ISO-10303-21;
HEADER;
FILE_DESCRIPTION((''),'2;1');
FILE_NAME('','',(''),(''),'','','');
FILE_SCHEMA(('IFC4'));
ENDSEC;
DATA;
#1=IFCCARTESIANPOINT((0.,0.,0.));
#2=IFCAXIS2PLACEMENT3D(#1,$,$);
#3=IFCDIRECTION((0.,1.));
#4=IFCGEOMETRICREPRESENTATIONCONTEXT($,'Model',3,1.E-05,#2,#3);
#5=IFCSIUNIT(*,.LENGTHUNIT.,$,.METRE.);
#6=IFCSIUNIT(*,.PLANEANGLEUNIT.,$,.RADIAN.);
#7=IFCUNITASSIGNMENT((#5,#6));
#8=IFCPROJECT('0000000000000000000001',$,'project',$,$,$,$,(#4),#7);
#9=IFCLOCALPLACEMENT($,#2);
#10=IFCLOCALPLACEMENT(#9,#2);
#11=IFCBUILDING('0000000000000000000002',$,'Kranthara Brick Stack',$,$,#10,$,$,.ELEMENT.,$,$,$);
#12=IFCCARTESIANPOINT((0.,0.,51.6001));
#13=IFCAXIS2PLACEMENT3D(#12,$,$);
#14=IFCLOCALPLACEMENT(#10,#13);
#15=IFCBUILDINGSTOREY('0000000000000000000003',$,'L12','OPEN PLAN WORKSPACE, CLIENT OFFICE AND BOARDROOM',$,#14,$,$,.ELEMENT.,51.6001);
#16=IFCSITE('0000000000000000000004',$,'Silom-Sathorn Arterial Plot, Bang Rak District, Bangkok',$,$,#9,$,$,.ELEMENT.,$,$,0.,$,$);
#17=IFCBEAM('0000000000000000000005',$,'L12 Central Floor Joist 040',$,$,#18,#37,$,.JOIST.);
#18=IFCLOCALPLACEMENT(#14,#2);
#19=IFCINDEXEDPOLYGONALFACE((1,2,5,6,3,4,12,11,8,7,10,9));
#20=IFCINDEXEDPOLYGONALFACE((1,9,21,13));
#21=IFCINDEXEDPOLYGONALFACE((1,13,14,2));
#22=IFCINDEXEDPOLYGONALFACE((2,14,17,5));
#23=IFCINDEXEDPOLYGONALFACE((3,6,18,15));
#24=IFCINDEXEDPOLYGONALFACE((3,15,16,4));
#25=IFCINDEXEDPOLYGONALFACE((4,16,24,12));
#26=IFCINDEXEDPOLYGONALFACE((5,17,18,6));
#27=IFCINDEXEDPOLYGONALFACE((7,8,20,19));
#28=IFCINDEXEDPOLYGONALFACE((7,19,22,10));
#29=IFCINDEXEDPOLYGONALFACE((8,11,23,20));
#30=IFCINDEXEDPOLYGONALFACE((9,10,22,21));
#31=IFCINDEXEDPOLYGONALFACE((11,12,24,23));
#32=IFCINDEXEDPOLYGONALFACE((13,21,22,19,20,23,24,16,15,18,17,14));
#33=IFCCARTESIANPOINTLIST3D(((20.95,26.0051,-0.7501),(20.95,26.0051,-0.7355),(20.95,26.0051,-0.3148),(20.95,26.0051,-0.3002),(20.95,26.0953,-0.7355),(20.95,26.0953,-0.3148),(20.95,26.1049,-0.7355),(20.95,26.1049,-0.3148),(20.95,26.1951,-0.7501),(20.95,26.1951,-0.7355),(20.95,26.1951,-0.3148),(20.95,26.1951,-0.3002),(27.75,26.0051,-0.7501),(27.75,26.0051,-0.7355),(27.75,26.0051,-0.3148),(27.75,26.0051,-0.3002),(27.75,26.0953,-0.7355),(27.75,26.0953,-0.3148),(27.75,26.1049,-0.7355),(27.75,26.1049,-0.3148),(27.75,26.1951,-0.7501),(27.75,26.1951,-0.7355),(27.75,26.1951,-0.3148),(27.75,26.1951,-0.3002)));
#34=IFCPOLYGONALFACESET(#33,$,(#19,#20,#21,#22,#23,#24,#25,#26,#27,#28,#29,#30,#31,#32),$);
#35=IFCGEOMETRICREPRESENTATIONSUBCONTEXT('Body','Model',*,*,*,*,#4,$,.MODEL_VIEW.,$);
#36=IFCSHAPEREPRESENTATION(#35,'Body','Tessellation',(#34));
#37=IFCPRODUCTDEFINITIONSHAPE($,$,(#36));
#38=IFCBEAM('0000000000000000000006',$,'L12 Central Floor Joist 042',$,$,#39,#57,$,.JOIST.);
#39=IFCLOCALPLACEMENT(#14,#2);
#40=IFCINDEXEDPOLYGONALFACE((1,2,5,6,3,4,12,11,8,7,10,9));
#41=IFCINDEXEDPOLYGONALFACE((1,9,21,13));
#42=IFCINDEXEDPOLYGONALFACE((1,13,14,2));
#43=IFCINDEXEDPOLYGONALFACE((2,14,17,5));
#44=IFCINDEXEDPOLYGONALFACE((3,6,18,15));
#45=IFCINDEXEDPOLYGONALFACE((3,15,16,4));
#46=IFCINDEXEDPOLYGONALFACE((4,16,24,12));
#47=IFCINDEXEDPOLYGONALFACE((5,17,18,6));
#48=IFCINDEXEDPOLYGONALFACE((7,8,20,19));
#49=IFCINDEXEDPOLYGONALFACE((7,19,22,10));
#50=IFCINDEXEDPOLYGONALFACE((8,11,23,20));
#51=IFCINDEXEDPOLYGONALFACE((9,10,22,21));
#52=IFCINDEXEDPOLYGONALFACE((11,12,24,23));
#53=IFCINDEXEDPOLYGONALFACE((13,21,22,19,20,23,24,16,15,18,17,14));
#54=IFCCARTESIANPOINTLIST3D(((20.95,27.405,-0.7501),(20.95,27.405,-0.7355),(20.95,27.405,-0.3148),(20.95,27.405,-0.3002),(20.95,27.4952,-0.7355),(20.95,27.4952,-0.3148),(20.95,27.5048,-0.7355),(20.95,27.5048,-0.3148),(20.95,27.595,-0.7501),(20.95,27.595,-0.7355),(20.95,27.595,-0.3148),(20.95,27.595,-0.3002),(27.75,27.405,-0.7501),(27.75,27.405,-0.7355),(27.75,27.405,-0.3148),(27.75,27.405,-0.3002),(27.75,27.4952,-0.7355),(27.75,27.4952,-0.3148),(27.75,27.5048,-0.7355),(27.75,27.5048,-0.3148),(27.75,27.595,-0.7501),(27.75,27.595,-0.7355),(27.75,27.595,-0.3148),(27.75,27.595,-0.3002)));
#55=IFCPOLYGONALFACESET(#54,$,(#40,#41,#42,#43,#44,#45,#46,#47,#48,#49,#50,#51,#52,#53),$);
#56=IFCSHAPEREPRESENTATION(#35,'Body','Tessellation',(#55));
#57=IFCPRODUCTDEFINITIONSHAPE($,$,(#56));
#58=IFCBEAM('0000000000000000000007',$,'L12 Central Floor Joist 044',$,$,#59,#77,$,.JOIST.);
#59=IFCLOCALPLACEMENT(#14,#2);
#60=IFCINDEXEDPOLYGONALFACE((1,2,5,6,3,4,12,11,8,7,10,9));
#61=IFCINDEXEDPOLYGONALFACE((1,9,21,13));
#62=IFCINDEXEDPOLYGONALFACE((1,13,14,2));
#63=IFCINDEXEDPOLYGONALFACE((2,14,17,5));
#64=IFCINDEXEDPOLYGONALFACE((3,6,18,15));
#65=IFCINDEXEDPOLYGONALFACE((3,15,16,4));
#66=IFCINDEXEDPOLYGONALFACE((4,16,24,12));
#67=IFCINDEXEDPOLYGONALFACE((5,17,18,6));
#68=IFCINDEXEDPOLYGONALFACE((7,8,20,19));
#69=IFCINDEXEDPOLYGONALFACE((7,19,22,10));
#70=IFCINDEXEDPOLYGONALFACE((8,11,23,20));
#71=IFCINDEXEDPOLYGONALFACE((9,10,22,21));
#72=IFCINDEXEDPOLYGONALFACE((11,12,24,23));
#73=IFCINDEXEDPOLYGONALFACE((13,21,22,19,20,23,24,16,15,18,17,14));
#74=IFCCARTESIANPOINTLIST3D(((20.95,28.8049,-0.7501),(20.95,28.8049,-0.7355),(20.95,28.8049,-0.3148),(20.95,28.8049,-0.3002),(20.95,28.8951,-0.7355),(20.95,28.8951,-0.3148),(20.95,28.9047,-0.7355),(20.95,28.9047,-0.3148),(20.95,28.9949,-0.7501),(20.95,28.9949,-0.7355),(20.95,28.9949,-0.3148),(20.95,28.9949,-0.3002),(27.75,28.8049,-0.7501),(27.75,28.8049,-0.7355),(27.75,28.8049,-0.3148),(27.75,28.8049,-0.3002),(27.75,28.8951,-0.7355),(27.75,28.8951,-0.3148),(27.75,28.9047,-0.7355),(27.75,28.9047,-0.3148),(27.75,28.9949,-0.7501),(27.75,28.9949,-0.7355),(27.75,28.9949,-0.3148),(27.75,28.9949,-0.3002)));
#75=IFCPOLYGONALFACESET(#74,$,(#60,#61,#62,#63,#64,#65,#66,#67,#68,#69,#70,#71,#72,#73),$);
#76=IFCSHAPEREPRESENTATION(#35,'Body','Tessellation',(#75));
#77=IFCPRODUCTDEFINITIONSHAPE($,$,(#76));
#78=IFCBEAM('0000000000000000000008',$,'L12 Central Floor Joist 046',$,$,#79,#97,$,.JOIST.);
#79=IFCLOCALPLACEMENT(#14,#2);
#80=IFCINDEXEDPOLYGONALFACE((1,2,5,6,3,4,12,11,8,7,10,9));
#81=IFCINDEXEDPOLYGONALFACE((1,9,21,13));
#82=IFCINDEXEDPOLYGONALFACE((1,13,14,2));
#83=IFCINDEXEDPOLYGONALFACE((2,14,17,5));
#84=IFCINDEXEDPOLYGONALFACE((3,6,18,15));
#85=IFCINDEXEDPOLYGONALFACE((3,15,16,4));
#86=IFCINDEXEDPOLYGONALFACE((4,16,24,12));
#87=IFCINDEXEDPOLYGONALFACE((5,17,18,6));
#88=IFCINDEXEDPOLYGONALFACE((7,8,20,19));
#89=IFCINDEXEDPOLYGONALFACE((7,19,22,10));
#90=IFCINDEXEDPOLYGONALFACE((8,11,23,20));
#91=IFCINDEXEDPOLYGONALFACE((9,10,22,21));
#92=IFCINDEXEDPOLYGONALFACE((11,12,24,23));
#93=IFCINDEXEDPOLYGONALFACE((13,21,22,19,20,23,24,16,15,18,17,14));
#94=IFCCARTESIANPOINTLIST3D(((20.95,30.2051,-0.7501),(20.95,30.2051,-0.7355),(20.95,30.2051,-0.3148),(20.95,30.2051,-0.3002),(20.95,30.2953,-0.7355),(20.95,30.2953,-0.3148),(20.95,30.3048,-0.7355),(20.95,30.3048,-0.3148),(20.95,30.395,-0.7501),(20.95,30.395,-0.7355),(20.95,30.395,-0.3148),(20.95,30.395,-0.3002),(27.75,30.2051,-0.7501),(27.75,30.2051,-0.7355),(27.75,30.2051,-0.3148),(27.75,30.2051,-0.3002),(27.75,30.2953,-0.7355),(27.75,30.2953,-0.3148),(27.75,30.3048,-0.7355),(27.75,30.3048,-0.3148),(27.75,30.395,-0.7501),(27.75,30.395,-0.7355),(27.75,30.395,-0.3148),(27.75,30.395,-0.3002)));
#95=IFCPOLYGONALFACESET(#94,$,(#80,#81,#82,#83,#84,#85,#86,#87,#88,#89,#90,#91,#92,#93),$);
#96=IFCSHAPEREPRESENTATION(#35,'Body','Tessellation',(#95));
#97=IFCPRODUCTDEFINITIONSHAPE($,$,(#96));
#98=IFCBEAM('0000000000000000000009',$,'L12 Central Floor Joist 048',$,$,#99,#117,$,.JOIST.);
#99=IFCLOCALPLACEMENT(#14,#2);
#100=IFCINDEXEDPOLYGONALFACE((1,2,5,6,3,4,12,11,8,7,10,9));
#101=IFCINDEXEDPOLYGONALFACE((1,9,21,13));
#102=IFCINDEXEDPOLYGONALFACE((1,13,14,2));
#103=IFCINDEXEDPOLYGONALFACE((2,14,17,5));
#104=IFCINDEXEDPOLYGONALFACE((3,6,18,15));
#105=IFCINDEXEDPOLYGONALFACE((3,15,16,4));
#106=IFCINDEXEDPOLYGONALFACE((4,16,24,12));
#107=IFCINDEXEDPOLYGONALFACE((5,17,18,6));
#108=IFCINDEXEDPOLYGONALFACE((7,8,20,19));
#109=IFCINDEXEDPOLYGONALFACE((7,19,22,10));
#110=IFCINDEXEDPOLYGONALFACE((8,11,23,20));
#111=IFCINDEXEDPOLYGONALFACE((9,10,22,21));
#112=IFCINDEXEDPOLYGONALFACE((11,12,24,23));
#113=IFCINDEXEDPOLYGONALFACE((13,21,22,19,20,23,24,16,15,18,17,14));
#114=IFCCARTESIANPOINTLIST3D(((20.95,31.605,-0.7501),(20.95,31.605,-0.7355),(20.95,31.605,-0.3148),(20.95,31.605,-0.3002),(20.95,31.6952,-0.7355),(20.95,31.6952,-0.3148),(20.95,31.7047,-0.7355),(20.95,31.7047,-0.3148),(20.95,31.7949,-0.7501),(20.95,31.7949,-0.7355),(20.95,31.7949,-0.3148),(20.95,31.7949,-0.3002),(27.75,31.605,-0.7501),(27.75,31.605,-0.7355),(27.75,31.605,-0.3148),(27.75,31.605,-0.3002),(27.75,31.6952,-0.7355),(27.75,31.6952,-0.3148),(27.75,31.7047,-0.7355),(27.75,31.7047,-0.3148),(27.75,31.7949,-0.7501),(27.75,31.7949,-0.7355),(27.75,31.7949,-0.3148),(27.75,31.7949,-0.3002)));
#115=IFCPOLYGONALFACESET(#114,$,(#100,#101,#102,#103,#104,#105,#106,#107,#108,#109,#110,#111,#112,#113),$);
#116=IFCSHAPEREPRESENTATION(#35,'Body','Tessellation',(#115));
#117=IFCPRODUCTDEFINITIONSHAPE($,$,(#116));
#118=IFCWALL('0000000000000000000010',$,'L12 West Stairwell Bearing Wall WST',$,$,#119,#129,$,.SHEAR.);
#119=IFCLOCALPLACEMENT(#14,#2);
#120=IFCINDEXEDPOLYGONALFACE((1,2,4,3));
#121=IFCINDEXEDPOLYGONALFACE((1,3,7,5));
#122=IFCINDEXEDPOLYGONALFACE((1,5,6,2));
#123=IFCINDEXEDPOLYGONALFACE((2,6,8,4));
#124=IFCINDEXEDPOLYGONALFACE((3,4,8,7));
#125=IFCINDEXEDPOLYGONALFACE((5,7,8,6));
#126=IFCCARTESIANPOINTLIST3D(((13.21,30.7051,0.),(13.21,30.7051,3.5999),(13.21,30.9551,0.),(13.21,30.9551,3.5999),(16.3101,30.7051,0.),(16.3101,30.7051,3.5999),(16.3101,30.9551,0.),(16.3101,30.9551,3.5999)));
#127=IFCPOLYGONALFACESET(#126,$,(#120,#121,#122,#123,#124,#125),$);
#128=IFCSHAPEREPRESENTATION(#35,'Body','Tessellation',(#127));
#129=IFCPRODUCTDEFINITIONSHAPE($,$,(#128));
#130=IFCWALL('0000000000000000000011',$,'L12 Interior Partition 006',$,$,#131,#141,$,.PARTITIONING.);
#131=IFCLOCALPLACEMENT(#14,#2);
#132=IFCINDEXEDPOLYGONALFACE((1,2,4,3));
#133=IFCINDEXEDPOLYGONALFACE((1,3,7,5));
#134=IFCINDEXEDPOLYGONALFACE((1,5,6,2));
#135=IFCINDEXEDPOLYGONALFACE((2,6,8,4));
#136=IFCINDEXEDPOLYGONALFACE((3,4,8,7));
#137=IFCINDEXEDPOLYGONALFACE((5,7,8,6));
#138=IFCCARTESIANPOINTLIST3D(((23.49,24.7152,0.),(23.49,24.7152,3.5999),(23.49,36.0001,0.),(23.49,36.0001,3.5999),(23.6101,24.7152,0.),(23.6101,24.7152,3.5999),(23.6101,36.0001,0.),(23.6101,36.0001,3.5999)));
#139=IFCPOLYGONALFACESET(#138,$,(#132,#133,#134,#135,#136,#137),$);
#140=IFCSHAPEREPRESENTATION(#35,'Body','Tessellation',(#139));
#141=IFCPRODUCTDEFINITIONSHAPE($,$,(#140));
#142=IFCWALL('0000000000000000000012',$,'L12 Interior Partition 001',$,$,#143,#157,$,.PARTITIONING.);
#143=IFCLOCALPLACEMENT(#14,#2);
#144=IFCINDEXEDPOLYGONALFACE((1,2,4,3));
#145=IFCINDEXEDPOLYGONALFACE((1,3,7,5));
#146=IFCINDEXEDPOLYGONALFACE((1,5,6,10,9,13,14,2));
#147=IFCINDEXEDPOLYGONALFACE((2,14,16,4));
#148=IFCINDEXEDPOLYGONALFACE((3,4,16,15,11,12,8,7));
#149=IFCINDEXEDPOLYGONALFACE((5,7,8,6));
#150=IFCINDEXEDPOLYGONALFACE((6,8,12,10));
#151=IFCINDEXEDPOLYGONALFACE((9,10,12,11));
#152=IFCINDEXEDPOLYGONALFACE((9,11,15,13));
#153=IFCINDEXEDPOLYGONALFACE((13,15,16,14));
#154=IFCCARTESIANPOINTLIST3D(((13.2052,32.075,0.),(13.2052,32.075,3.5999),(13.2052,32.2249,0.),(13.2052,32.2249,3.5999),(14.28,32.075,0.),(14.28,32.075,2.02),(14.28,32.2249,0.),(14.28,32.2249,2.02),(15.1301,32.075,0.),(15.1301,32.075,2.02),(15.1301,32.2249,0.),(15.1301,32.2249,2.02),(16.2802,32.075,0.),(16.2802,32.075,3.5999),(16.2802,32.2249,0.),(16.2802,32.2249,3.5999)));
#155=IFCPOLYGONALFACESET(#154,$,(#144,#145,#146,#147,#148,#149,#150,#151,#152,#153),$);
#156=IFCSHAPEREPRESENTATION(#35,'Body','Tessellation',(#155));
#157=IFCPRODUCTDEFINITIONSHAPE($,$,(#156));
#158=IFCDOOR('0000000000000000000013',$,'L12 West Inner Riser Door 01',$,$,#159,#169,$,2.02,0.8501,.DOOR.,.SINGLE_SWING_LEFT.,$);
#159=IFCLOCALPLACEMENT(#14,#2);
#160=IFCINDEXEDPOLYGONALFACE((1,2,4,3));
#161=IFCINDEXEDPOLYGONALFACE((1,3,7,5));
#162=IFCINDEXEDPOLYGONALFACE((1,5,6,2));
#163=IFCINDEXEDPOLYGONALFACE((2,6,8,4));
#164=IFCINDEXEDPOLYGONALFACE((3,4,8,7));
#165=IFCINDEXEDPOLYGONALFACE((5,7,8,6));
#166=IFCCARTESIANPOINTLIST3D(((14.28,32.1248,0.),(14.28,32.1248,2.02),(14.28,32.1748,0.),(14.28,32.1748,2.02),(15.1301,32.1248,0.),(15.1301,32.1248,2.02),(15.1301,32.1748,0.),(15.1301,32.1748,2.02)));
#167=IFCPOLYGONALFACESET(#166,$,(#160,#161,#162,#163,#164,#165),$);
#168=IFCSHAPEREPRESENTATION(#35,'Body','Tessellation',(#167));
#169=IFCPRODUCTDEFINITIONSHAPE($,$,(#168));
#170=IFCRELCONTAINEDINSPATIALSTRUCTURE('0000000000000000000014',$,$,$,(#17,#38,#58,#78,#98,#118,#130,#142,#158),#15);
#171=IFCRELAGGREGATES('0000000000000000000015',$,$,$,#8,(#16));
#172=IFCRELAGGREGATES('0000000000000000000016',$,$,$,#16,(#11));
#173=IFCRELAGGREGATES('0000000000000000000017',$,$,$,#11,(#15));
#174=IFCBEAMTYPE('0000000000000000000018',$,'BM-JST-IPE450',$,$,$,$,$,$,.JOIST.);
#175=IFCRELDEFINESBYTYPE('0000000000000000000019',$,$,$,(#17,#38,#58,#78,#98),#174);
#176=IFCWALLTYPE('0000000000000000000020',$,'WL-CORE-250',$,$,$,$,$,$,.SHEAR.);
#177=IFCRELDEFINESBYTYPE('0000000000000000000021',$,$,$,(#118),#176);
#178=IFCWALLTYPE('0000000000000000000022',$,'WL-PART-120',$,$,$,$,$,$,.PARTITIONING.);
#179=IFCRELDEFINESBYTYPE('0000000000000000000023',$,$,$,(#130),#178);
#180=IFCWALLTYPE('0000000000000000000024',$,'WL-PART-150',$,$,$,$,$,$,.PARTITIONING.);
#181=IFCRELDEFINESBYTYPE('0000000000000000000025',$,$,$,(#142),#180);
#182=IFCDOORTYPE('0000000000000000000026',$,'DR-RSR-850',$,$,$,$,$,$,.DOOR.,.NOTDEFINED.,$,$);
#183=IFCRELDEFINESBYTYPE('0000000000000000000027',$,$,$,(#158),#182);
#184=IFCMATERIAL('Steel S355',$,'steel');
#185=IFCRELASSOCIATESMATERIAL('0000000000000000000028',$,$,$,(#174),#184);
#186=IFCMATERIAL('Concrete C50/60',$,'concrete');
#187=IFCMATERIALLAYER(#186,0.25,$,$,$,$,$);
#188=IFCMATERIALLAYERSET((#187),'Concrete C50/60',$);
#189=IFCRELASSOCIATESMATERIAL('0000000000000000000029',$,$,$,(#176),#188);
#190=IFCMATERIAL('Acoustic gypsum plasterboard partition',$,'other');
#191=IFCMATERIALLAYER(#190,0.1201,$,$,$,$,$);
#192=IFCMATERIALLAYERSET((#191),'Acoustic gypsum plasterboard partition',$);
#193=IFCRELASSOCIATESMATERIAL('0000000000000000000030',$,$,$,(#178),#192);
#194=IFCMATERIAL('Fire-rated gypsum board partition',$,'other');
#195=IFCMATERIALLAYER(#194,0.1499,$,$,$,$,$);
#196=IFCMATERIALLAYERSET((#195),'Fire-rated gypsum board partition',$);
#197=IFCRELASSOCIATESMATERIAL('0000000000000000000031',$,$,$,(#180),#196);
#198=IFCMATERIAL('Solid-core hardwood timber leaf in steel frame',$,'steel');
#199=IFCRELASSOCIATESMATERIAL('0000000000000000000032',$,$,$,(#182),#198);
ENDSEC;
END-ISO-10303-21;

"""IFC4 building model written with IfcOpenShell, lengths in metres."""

from ifc_helpers import new_model, si_unit, direction, frame, frame_2d, origin, origin_2d, place, context, subcontext, project, spatial, rectangle, i_section, extrude, material, layer, layer_set, material_profile, profile_set, type_object, element, fill, save


model = new_model("IFC4")

# Units and contexts
model_context = context("Model", 3, precision=1e-05, world=origin(), true_north=direction((0.0, 1.0)))
body_context = subcontext(model_context, "Body", "Model", "MODEL_VIEW")
ifc_project = project(units=[si_unit("LENGTHUNIT", "METRE"), si_unit("PLANEANGLEUNIT", "RADIAN")], contexts=[model_context])

# Site, building, storey
site_placement = place(None, origin())
site = spatial("IfcSite", under=ifc_project, at=site_placement, Name="Silom-Sathorn Arterial Plot, Bang Rak District, Bangkok", CompositionType="ELEMENT", RefElevation=0.0)
building_placement = place(site_placement, origin())
building = spatial("IfcBuilding", under=site, at=building_placement, Name="Kranthara Brick Stack", CompositionType="ELEMENT")
storey_placement = place(building_placement, frame((0.0, 0.0, 51.6001)))
storey = spatial("IfcBuildingStorey", under=building, at=storey_placement, Name="L12", Description="OPEN PLAN WORKSPACE, CLIENT OFFICE AND BOARDROOM", CompositionType="ELEMENT", Elevation=51.6001)

# Beams
ifc_material_1 = material(Name="Steel S355", Category="steel")
ifc_material_profile = material_profile(ifc_material_1, i_section(OverallWidth=0.1899, OverallDepth=0.45, WebThickness=0.0095, FlangeThickness=0.0146, at=origin_2d()), Name="IPE 450")
ifc_profile_set = profile_set([ifc_material_profile], Name="Steel S355")
beam_type = type_object("IfcBeamType", Name="BM-JST-IPE450", PredefinedType="JOIST", material=ifc_profile_set)
for number, where, z_axis, x_axis, name in (
    (1, (20.95, 26.1001, -0.5251), (1.0, 0.0, 0.0), (0.0, 1.0, 0.0), "L12 Central Floor Joist 040"),
    (2, (20.95, 27.5, -0.5251), (1.0, 0.0, 0.0), (0.0, 1.0, 0.0), "L12 Central Floor Joist 042"),
    (3, (20.95, 28.8999, -0.5251), (1.0, 0.0, 0.0), (0.0, 1.0, 0.0), "L12 Central Floor Joist 044"),
    (4, (20.95, 30.3, -0.5251), (1.0, 0.0, 0.0), (0.0, 1.0, 0.0), "L12 Central Floor Joist 046"),
    (5, (20.95, 31.7, -0.5251), (1.0, 0.0, 0.0), (0.0, 1.0, 0.0), "L12 Central Floor Joist 048"),
):
    element("IfcBeam", number, at=place(storey_placement, frame(where, z_axis=z_axis, x_axis=x_axis)), inside=storey, type_object=beam_type, Name=name, PredefinedType="JOIST", context=body_context, shape_type="SweptSolid", body=[
        extrude(i_section(OverallWidth=0.1899, OverallDepth=0.45, WebThickness=0.0095, FlangeThickness=0.0146, at=origin_2d()), origin(), (0.0, 0.0, 1.0), 6.8),
    ])

# Walls
ifc_material_2 = material(Name="Concrete C50/60", Category="concrete")
ifc_layer_1 = layer(ifc_material_2, 0.25)
ifc_layer_set_1 = layer_set([ifc_layer_1], Name="Concrete C50/60")
wall_type_1 = type_object("IfcWallType", Name="WL-CORE-250", PredefinedType="SHEAR", material=ifc_layer_set_1)
wall_1_placement = place(storey_placement, frame((13.21, 30.8301, 0.0), z_axis=(0.0, 0.0, 1.0), x_axis=(1.0, 0.0, 0.0)))
element("IfcWall", 6, at=wall_1_placement, inside=storey, type_object=wall_type_1, Name="L12 West Stairwell Bearing Wall WST", PredefinedType="SHEAR", context=body_context, shape_type="SweptSolid", body=[
    extrude(rectangle(XDim=3.1001, YDim=0.25, at=frame_2d((1.55, 0.0))), origin(), (0.0, 0.0, 1.0), 3.5999),
])
ifc_material_3 = material(Name="Acoustic gypsum plasterboard partition", Category="other")
ifc_layer_2 = layer(ifc_material_3, 0.1201)
ifc_layer_set_2 = layer_set([ifc_layer_2], Name="Acoustic gypsum plasterboard partition")
wall_type_2 = type_object("IfcWallType", Name="WL-PART-120", PredefinedType="PARTITIONING", material=ifc_layer_set_2)
wall_2_placement = place(storey_placement, frame((23.55, 24.7151, 0.0), z_axis=(0.0, 0.0, 1.0), x_axis=(0.0, 1.0, 0.0)))
element("IfcWall", 7, at=wall_2_placement, inside=storey, type_object=wall_type_2, Name="L12 Interior Partition 006", PredefinedType="PARTITIONING", context=body_context, shape_type="SweptSolid", body=[
    extrude(rectangle(XDim=11.2849, YDim=0.1201, at=frame_2d((5.6426, 0.0))), origin(), (0.0, 0.0, 1.0), 3.5999),
])

# Wall, opening, door
ifc_material_4 = material(Name="Fire-rated gypsum board partition", Category="other")
ifc_layer_3 = layer(ifc_material_4, 0.1499)
ifc_layer_set_3 = layer_set([ifc_layer_3], Name="Fire-rated gypsum board partition")
wall_type_3 = type_object("IfcWallType", Name="WL-PART-150", PredefinedType="PARTITIONING", material=ifc_layer_set_3)
wall_3_placement = place(storey_placement, frame((13.2051, 32.1499, 0.0), z_axis=(0.0, 0.0, 1.0), x_axis=(1.0, 0.0, 0.0)))
wall_3 = element("IfcWall", 8, at=wall_3_placement, inside=storey, type_object=wall_type_3, Name="L12 Interior Partition 001", PredefinedType="PARTITIONING", context=body_context, shape_type="SweptSolid", body=[
    extrude(rectangle(XDim=3.075, YDim=0.1499, at=frame_2d((1.5376, 0.0))), origin(), (0.0, 0.0, 1.0), 3.5999),
])
opening_1_placement = place(wall_3_placement, frame((1.075, 0.0, 0.0)))
opening_1 = element("IfcOpeningElement", 9, at=opening_1_placement, cuts=wall_3, PredefinedType="OPENING", context=body_context, shape_type="SweptSolid", body=[
    extrude(rectangle(XDim=0.8501, YDim=2.02, at=frame_2d((0.425, 1.01))), frame((0.0, 0.085, 0.0), z_axis=(0.0, -1.0, 0.0), x_axis=(1.0, 0.0, 0.0)), (0.0, 0.0, 1.0), 0.1699),
])
ifc_material_5 = material(Name="Solid-core hardwood timber leaf in steel frame", Category="steel")
door_type = type_object("IfcDoorType", Name="DR-RSR-850", OperationType="NOTDEFINED", PredefinedType="DOOR", material=ifc_material_5)
door_1_placement = place(opening_1_placement, origin())
door_1 = element("IfcDoor", 10, at=door_1_placement, inside=storey, type_object=door_type, Name="L12 West Inner Riser Door 01", OperationType="SINGLE_SWING_LEFT", OverallHeight=2.02, OverallWidth=0.8501, PredefinedType="DOOR", context=body_context, shape_type="SweptSolid", body=[
    extrude(rectangle(XDim=0.8501, YDim=2.02, at=frame_2d((0.425, 1.01))), frame((0.0, 0.0249, 0.0), z_axis=(0.0, -1.0, 0.0), x_axis=(1.0, 0.0, 0.0)), (0.0, 0.0, 1.0), 0.05),
])
fill(opening_1, door_1)

save(model, "model.ifc")
